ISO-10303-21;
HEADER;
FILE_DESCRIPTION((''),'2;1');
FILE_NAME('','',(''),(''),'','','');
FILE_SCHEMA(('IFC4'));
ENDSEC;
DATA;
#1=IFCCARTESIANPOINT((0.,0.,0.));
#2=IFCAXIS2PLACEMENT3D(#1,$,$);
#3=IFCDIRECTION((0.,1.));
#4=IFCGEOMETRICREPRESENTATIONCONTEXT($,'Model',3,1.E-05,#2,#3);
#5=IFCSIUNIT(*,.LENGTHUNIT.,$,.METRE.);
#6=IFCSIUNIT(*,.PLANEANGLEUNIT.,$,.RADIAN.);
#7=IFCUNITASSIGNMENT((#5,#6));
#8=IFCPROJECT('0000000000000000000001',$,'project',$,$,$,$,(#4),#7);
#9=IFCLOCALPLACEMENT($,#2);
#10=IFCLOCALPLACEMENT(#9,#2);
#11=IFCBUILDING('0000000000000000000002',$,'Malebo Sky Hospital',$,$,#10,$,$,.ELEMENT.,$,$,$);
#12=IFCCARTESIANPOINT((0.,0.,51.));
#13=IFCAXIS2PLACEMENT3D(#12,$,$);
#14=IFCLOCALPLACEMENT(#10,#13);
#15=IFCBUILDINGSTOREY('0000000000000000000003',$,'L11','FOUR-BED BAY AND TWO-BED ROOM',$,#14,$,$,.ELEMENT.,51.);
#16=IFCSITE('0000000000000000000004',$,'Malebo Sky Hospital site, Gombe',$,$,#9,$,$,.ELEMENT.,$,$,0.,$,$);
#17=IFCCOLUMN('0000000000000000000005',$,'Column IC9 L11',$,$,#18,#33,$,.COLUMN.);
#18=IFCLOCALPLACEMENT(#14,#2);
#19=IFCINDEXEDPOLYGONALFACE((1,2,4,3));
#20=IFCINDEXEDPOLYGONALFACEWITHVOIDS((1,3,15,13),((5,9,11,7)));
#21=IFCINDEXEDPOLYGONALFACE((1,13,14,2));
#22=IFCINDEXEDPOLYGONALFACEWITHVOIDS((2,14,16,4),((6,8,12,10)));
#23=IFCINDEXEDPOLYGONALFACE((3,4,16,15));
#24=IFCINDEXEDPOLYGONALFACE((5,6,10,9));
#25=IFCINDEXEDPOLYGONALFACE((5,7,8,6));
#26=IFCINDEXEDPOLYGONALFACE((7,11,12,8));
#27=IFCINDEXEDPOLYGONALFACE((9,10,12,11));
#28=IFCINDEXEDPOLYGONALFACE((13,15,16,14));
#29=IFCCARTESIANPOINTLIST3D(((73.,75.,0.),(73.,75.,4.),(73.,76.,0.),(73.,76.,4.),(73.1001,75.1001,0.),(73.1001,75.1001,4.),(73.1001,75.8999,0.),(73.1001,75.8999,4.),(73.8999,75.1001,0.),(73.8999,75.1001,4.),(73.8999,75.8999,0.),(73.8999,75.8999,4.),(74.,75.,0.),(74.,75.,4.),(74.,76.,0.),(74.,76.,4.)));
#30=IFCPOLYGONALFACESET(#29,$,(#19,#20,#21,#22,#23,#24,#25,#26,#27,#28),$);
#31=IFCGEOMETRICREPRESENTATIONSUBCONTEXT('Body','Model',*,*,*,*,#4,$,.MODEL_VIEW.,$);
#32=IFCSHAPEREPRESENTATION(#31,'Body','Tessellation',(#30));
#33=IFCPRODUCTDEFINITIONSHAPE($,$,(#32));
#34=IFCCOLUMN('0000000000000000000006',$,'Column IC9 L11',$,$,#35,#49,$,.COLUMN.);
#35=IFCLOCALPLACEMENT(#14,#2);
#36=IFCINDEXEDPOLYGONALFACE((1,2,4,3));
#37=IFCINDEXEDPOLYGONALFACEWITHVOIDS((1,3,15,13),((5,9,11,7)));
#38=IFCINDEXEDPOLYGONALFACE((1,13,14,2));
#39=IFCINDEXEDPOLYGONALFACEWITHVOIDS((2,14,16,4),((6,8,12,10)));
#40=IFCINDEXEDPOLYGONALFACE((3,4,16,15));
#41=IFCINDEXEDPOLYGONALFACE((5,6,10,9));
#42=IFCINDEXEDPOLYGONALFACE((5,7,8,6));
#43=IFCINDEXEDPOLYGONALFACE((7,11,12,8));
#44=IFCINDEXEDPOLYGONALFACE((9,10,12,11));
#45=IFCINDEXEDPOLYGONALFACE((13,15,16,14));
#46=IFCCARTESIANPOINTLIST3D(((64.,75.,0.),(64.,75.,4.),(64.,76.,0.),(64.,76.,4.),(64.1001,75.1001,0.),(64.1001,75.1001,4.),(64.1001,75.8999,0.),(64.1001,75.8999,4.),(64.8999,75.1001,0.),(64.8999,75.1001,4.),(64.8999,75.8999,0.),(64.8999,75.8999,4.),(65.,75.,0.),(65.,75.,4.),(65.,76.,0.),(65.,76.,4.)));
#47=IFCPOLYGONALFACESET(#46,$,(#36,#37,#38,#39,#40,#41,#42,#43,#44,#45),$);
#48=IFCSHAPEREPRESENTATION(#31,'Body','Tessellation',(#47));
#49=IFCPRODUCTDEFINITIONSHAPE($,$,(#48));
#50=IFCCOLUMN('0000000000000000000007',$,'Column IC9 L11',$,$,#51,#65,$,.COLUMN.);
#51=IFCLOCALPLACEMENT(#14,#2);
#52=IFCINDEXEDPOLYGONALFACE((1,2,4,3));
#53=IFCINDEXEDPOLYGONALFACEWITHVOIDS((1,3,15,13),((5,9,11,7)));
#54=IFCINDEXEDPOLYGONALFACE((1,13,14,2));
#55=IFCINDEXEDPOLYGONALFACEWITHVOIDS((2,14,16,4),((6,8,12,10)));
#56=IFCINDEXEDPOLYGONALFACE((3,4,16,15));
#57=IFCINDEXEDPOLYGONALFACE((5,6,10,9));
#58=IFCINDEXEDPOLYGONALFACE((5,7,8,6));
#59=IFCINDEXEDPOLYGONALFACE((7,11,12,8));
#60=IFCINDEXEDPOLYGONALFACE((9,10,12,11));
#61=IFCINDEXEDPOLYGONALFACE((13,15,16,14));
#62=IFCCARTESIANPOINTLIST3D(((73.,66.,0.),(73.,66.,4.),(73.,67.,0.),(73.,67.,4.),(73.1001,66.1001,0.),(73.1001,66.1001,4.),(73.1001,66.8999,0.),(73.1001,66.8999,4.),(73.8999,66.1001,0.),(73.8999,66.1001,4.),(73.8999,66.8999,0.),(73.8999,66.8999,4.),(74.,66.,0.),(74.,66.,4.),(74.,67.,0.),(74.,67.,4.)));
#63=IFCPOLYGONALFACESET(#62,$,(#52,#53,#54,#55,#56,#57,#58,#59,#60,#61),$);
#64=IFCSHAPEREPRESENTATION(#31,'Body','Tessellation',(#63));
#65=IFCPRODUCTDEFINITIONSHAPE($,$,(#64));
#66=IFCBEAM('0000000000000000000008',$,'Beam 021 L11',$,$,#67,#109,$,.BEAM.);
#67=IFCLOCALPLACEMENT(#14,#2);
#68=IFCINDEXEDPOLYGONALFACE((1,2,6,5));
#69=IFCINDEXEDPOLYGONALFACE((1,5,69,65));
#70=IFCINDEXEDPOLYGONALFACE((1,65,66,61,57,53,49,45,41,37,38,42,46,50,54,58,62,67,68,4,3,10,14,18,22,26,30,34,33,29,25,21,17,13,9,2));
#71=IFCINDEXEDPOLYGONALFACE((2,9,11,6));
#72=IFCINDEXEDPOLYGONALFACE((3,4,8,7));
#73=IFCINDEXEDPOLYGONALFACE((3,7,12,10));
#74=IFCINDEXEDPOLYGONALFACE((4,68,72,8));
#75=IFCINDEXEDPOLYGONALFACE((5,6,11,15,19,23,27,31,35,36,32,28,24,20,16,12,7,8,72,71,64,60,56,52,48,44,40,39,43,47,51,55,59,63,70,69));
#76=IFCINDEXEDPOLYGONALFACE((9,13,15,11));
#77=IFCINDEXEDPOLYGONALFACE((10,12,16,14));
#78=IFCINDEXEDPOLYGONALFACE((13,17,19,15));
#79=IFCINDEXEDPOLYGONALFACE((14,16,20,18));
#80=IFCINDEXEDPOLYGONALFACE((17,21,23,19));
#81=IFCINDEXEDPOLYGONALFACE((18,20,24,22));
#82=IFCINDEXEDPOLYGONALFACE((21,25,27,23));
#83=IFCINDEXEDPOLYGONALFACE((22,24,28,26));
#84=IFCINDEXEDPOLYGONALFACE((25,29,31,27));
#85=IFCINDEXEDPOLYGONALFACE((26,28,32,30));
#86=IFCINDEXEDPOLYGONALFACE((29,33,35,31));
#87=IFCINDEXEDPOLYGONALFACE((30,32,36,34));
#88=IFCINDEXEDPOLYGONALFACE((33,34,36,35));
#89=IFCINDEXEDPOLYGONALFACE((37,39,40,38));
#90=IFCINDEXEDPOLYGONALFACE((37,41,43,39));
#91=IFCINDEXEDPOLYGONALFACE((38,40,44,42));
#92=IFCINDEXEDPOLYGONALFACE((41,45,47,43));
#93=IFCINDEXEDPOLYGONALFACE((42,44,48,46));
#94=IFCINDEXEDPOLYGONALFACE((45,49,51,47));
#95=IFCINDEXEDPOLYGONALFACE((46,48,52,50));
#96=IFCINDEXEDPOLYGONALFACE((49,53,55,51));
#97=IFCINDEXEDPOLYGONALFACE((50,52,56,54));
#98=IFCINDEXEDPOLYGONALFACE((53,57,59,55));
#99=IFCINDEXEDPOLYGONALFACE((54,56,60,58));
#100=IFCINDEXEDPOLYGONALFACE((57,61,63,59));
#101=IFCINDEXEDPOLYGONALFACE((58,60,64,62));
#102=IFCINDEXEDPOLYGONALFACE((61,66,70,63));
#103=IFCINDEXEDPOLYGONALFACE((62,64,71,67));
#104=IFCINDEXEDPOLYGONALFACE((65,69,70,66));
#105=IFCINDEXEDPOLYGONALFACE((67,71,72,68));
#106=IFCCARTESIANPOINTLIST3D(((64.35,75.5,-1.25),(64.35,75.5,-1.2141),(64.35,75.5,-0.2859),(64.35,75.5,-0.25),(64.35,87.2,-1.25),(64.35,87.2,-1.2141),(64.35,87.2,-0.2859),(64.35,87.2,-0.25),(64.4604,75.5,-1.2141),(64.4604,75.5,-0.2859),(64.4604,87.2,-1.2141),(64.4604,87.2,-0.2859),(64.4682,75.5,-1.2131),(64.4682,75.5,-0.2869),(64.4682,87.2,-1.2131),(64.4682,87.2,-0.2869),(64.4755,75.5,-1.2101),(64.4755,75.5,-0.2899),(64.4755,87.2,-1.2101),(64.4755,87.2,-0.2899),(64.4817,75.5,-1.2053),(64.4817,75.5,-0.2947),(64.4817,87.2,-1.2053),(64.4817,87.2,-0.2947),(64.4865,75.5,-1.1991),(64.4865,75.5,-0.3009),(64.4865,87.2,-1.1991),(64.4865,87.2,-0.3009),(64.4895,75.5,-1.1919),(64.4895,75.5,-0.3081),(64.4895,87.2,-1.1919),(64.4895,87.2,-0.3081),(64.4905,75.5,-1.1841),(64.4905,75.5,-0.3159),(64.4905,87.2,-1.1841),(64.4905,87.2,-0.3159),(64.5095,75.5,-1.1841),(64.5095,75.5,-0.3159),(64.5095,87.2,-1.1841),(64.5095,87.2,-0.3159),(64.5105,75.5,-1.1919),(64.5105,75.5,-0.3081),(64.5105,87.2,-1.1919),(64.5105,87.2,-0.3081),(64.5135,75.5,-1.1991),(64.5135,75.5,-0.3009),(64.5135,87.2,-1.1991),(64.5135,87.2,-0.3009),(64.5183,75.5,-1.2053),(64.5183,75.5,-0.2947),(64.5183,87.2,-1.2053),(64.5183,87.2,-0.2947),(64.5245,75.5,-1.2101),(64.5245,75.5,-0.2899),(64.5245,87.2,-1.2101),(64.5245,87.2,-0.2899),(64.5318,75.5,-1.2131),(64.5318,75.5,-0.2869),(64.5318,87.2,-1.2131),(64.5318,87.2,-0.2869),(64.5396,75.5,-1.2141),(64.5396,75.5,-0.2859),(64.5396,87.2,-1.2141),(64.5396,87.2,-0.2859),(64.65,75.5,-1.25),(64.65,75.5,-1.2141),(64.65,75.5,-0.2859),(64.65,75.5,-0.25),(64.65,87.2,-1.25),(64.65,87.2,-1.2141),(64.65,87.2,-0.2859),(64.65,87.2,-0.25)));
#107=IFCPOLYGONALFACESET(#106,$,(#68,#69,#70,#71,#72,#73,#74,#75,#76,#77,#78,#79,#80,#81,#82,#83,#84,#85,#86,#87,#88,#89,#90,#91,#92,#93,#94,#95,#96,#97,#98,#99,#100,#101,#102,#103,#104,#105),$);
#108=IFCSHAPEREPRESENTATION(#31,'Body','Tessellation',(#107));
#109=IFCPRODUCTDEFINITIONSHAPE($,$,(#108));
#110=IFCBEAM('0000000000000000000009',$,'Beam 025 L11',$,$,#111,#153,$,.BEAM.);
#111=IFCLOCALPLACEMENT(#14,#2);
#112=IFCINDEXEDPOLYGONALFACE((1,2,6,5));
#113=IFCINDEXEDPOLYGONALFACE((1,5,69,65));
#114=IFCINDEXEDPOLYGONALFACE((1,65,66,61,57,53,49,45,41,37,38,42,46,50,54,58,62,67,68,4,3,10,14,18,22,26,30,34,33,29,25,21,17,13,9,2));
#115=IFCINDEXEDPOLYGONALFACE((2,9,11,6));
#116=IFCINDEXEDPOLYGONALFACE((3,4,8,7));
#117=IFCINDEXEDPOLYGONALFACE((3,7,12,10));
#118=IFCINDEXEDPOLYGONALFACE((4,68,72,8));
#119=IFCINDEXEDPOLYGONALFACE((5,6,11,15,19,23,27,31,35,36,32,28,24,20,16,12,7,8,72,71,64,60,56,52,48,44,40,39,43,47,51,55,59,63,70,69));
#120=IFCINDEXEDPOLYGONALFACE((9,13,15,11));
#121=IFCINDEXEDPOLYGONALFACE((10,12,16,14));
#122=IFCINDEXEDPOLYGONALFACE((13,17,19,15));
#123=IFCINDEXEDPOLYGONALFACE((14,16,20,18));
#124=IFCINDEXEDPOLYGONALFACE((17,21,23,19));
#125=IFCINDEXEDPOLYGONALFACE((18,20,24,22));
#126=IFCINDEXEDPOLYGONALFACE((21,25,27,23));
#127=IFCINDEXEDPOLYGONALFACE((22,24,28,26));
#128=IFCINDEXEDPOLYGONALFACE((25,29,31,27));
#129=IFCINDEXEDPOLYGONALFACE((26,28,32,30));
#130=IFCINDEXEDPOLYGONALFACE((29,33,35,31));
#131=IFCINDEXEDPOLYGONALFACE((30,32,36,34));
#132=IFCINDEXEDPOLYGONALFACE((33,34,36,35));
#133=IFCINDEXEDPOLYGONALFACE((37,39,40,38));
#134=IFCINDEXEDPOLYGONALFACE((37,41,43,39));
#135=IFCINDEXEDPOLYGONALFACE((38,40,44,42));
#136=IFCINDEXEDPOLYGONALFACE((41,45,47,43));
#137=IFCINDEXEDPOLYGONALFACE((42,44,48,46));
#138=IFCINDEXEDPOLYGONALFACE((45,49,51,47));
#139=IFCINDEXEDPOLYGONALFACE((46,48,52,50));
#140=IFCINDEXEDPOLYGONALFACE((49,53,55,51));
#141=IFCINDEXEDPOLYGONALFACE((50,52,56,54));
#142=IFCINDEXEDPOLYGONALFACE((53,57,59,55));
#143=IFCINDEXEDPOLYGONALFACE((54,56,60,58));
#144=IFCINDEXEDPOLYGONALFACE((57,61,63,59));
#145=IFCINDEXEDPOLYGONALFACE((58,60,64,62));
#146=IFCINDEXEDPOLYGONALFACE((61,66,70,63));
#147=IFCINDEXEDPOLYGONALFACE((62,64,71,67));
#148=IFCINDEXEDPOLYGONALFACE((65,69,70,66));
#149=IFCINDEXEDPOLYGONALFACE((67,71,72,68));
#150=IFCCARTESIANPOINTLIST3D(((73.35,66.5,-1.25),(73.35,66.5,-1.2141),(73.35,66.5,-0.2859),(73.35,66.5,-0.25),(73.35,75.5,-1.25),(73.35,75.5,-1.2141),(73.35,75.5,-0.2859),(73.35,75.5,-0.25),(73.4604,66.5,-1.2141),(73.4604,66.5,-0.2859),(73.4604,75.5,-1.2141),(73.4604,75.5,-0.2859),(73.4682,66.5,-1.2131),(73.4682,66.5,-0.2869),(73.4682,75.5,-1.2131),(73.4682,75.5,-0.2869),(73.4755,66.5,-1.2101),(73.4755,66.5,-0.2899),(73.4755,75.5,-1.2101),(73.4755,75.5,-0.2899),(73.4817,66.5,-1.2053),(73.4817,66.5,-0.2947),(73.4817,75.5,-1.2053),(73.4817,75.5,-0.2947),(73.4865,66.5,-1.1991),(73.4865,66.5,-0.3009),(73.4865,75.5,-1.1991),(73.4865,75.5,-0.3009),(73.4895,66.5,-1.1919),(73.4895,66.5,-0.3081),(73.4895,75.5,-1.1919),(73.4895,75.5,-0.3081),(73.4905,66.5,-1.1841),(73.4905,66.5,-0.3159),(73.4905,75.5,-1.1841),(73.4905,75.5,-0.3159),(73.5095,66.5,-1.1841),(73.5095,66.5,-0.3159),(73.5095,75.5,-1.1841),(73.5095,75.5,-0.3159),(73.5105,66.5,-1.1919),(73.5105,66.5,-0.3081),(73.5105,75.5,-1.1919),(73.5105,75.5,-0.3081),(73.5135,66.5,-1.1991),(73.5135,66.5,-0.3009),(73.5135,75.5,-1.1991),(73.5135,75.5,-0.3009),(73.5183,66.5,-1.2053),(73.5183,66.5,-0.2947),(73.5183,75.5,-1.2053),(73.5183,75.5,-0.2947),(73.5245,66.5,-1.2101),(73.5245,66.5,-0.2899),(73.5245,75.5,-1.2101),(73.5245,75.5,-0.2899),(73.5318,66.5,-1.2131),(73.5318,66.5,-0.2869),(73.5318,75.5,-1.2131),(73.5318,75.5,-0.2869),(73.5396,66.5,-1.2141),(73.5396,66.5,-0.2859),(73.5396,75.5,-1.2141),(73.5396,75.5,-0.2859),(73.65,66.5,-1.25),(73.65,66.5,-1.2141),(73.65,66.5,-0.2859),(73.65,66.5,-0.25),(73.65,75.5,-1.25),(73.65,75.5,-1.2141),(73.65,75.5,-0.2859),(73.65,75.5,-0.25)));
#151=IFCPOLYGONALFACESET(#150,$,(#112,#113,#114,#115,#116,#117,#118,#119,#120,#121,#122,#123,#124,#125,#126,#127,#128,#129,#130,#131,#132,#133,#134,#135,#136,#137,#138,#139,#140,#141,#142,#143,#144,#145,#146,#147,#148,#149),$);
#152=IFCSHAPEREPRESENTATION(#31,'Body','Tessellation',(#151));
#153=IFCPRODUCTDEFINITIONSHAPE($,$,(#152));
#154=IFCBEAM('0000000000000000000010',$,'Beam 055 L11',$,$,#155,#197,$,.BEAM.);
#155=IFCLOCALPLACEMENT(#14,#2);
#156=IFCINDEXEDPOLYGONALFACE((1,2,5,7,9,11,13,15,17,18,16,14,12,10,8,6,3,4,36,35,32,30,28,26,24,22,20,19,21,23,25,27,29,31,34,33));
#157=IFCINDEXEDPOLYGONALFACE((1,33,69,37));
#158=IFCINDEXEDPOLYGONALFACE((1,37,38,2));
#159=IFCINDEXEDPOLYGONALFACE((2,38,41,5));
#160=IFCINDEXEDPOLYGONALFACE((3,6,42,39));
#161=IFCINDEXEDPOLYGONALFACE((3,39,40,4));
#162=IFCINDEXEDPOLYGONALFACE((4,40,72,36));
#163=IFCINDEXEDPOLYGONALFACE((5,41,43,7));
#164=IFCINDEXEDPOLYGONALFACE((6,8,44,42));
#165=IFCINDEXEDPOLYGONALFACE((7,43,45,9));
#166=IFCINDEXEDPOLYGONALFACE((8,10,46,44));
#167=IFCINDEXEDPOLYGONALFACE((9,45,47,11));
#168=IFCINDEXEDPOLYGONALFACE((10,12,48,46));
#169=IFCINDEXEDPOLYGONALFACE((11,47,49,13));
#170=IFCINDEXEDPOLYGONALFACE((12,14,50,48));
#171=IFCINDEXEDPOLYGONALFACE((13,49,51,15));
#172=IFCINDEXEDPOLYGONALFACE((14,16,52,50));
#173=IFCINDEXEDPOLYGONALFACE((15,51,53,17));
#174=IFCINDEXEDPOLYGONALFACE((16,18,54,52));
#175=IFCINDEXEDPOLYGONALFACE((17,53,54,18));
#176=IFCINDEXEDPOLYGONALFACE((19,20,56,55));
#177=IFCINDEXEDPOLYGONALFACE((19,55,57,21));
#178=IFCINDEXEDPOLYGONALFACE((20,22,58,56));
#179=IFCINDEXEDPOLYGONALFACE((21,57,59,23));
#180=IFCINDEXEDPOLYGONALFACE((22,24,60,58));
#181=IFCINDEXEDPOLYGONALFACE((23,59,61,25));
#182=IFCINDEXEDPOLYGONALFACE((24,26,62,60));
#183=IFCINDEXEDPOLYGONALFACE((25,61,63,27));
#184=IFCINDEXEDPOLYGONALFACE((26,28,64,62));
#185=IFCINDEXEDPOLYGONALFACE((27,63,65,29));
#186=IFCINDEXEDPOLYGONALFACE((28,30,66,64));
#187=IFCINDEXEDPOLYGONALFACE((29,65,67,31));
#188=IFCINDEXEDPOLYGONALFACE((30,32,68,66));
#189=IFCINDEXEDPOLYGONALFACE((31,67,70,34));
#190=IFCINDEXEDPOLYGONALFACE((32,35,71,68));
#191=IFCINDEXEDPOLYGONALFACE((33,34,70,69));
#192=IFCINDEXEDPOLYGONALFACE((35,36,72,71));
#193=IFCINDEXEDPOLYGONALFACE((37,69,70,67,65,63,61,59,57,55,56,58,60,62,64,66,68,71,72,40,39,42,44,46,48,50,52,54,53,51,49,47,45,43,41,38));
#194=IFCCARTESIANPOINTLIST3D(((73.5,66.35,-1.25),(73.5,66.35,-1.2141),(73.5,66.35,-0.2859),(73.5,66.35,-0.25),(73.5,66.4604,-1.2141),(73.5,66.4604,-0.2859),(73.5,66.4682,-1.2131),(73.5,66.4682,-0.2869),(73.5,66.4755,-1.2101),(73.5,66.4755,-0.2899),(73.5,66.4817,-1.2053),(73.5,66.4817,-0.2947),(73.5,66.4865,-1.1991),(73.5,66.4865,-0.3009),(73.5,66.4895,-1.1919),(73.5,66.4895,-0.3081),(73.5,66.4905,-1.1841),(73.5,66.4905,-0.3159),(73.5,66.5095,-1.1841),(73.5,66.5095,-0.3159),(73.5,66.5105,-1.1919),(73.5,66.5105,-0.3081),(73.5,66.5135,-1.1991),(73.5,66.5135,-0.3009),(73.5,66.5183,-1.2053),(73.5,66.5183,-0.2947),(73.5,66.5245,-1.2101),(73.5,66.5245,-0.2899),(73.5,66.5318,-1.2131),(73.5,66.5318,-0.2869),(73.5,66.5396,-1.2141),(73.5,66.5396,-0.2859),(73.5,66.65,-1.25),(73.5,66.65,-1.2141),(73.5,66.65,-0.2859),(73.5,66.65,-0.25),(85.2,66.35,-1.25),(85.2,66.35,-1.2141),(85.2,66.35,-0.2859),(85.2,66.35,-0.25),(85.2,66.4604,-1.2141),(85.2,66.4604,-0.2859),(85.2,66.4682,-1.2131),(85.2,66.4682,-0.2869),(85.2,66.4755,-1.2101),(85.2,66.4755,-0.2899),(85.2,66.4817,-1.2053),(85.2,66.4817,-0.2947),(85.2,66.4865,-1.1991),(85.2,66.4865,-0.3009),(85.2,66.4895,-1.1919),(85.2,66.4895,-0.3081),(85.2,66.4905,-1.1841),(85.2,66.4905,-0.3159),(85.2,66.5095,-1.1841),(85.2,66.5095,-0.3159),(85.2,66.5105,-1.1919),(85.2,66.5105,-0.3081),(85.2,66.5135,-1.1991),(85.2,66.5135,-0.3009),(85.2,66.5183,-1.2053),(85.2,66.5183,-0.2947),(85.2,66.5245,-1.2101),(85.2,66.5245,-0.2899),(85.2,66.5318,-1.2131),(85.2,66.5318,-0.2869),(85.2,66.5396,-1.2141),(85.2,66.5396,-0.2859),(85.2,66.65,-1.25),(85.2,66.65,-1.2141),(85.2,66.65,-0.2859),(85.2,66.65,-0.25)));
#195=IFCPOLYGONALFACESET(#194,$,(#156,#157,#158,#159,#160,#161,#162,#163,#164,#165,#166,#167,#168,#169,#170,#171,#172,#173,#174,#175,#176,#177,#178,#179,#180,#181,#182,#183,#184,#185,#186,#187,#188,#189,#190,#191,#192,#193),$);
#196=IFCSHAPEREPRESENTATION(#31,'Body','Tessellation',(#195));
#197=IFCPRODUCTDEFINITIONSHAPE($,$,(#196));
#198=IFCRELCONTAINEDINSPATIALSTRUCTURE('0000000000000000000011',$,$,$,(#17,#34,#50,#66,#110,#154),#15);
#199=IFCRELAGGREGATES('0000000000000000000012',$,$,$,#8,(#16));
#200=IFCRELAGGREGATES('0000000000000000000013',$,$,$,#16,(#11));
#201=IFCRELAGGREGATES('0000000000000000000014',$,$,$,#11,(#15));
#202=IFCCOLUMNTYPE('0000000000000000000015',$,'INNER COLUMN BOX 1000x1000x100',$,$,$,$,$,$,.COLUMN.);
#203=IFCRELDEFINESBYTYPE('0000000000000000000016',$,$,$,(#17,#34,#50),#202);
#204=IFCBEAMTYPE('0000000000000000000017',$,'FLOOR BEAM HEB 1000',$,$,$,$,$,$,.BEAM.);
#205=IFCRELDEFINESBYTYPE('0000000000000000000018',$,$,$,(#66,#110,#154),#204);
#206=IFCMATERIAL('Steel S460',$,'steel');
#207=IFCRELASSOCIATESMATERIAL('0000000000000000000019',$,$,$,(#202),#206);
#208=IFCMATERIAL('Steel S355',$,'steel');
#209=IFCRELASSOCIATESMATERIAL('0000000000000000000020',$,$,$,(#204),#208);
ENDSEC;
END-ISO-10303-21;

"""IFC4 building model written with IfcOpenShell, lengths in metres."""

from ifc_helpers import new_model, si_unit, direction, frame, origin, origin_2d, place, context, subcontext, project, spatial, hollow_rectangle, i_section, extrude, material, material_profile, profile_set, type_object, element, save


model = new_model("IFC4")

# Units and contexts
model_context = context("Model", 3, precision=1e-05, world=origin(), true_north=direction((0.0, 1.0)))
body_context = subcontext(model_context, "Body", "Model", "MODEL_VIEW")
ifc_project = project(units=[si_unit("LENGTHUNIT", "METRE"), si_unit("PLANEANGLEUNIT", "RADIAN")], contexts=[model_context])

# Site, building, storey
site_placement = place(None, origin())
site = spatial("IfcSite", under=ifc_project, at=site_placement, Name="Malebo Sky Hospital site, Gombe", CompositionType="ELEMENT", RefElevation=0.0)
building_placement = place(site_placement, origin())
building = spatial("IfcBuilding", under=site, at=building_placement, Name="Malebo Sky Hospital", CompositionType="ELEMENT")
storey_placement = place(building_placement, frame((0.0, 0.0, 51.0)))
storey = spatial("IfcBuildingStorey", under=building, at=storey_placement, Name="L11", Description="FOUR-BED BAY AND TWO-BED ROOM", CompositionType="ELEMENT", Elevation=51.0)

# Columns
ifc_material_1 = material(Name="Steel S460", Category="steel")
ifc_material_profile_1 = material_profile(ifc_material_1, hollow_rectangle(XDim=1.0, YDim=1.0, WallThickness=0.1001, at=origin_2d()), Name="BOX 1000x1000x100")
ifc_profile_set_1 = profile_set([ifc_material_profile_1], Name="Steel S460")
column_type = type_object("IfcColumnType", Name="INNER COLUMN BOX 1000x1000x100", PredefinedType="COLUMN", material=ifc_profile_set_1)
for number, where, z_axis, x_axis, name in (
    (1, (73.5, 75.5, 0.0), (0.0, 0.0, 1.0), (1.0, 0.0, 0.0), "Column IC9 L11"),
    (2, (64.5, 75.5, 0.0), (0.0, 0.0, 1.0), (1.0, 0.0, 0.0), "Column IC9 L11"),
    (3, (73.5, 66.5, 0.0), (0.0, 0.0, 1.0), (1.0, 0.0, 0.0), "Column IC9 L11"),
):
    element("IfcColumn", number, at=place(storey_placement, frame(where, z_axis=z_axis, x_axis=x_axis)), inside=storey, type_object=column_type, Name=name, PredefinedType="COLUMN", context=body_context, shape_type="SweptSolid", body=[
        extrude(hollow_rectangle(XDim=1.0, YDim=1.0, WallThickness=0.1001, at=origin_2d()), origin(), (0.0, 0.0, 1.0), 4.0),
    ])

# Beams
ifc_material_2 = material(Name="Steel S355", Category="steel")
ifc_material_profile_2 = material_profile(ifc_material_2, i_section(OverallWidth=0.3, OverallDepth=1.0, WebThickness=0.019, FlangeThickness=0.0359, FilletRadius=0.03, at=origin_2d()), Name="HEB 1000")
ifc_profile_set_2 = profile_set([ifc_material_profile_2], Name="Steel S355")
beam_type_1 = type_object("IfcBeamType", Name="FLOOR BEAM HEB 1000", PredefinedType="BEAM", material=ifc_profile_set_2)
beam_1_placement = place(storey_placement, frame((64.5, 75.5, -0.75), z_axis=(0.0, 1.0, 0.0), x_axis=(-1.0, 0.0, 0.0)))
element("IfcBeam", 4, at=beam_1_placement, inside=storey, type_object=beam_type_1, Name="Beam 021 L11", PredefinedType="BEAM", context=body_context, shape_type="SweptSolid", body=[
    extrude(i_section(OverallWidth=0.3, OverallDepth=1.0, WebThickness=0.019, FlangeThickness=0.0359, FilletRadius=0.03, at=origin_2d()), origin(), (0.0, 0.0, 1.0), 11.7),
])
beam_2_placement = place(storey_placement, frame((73.5, 66.5, -0.75), z_axis=(0.0, 1.0, 0.0), x_axis=(-1.0, 0.0, 0.0)))
element("IfcBeam", 5, at=beam_2_placement, inside=storey, type_object=beam_type_1, Name="Beam 025 L11", PredefinedType="BEAM", context=body_context, shape_type="SweptSolid", body=[
    extrude(i_section(OverallWidth=0.3, OverallDepth=1.0, WebThickness=0.019, FlangeThickness=0.0359, FilletRadius=0.03, at=origin_2d()), origin(), (0.0, 0.0, 1.0), 9.0),
])
beam_3_placement = place(storey_placement, frame((73.5, 66.5, -0.75), z_axis=(1.0, 0.0, 0.0), x_axis=(0.0, 1.0, 0.0)))
element("IfcBeam", 6, at=beam_3_placement, inside=storey, type_object=beam_type_1, Name="Beam 055 L11", PredefinedType="BEAM", context=body_context, shape_type="SweptSolid", body=[
    extrude(i_section(OverallWidth=0.3, OverallDepth=1.0, WebThickness=0.019, FlangeThickness=0.0359, FilletRadius=0.03, at=origin_2d()), origin(), (0.0, 0.0, 1.0), 11.7),
])

save(model, "model.ifc")
